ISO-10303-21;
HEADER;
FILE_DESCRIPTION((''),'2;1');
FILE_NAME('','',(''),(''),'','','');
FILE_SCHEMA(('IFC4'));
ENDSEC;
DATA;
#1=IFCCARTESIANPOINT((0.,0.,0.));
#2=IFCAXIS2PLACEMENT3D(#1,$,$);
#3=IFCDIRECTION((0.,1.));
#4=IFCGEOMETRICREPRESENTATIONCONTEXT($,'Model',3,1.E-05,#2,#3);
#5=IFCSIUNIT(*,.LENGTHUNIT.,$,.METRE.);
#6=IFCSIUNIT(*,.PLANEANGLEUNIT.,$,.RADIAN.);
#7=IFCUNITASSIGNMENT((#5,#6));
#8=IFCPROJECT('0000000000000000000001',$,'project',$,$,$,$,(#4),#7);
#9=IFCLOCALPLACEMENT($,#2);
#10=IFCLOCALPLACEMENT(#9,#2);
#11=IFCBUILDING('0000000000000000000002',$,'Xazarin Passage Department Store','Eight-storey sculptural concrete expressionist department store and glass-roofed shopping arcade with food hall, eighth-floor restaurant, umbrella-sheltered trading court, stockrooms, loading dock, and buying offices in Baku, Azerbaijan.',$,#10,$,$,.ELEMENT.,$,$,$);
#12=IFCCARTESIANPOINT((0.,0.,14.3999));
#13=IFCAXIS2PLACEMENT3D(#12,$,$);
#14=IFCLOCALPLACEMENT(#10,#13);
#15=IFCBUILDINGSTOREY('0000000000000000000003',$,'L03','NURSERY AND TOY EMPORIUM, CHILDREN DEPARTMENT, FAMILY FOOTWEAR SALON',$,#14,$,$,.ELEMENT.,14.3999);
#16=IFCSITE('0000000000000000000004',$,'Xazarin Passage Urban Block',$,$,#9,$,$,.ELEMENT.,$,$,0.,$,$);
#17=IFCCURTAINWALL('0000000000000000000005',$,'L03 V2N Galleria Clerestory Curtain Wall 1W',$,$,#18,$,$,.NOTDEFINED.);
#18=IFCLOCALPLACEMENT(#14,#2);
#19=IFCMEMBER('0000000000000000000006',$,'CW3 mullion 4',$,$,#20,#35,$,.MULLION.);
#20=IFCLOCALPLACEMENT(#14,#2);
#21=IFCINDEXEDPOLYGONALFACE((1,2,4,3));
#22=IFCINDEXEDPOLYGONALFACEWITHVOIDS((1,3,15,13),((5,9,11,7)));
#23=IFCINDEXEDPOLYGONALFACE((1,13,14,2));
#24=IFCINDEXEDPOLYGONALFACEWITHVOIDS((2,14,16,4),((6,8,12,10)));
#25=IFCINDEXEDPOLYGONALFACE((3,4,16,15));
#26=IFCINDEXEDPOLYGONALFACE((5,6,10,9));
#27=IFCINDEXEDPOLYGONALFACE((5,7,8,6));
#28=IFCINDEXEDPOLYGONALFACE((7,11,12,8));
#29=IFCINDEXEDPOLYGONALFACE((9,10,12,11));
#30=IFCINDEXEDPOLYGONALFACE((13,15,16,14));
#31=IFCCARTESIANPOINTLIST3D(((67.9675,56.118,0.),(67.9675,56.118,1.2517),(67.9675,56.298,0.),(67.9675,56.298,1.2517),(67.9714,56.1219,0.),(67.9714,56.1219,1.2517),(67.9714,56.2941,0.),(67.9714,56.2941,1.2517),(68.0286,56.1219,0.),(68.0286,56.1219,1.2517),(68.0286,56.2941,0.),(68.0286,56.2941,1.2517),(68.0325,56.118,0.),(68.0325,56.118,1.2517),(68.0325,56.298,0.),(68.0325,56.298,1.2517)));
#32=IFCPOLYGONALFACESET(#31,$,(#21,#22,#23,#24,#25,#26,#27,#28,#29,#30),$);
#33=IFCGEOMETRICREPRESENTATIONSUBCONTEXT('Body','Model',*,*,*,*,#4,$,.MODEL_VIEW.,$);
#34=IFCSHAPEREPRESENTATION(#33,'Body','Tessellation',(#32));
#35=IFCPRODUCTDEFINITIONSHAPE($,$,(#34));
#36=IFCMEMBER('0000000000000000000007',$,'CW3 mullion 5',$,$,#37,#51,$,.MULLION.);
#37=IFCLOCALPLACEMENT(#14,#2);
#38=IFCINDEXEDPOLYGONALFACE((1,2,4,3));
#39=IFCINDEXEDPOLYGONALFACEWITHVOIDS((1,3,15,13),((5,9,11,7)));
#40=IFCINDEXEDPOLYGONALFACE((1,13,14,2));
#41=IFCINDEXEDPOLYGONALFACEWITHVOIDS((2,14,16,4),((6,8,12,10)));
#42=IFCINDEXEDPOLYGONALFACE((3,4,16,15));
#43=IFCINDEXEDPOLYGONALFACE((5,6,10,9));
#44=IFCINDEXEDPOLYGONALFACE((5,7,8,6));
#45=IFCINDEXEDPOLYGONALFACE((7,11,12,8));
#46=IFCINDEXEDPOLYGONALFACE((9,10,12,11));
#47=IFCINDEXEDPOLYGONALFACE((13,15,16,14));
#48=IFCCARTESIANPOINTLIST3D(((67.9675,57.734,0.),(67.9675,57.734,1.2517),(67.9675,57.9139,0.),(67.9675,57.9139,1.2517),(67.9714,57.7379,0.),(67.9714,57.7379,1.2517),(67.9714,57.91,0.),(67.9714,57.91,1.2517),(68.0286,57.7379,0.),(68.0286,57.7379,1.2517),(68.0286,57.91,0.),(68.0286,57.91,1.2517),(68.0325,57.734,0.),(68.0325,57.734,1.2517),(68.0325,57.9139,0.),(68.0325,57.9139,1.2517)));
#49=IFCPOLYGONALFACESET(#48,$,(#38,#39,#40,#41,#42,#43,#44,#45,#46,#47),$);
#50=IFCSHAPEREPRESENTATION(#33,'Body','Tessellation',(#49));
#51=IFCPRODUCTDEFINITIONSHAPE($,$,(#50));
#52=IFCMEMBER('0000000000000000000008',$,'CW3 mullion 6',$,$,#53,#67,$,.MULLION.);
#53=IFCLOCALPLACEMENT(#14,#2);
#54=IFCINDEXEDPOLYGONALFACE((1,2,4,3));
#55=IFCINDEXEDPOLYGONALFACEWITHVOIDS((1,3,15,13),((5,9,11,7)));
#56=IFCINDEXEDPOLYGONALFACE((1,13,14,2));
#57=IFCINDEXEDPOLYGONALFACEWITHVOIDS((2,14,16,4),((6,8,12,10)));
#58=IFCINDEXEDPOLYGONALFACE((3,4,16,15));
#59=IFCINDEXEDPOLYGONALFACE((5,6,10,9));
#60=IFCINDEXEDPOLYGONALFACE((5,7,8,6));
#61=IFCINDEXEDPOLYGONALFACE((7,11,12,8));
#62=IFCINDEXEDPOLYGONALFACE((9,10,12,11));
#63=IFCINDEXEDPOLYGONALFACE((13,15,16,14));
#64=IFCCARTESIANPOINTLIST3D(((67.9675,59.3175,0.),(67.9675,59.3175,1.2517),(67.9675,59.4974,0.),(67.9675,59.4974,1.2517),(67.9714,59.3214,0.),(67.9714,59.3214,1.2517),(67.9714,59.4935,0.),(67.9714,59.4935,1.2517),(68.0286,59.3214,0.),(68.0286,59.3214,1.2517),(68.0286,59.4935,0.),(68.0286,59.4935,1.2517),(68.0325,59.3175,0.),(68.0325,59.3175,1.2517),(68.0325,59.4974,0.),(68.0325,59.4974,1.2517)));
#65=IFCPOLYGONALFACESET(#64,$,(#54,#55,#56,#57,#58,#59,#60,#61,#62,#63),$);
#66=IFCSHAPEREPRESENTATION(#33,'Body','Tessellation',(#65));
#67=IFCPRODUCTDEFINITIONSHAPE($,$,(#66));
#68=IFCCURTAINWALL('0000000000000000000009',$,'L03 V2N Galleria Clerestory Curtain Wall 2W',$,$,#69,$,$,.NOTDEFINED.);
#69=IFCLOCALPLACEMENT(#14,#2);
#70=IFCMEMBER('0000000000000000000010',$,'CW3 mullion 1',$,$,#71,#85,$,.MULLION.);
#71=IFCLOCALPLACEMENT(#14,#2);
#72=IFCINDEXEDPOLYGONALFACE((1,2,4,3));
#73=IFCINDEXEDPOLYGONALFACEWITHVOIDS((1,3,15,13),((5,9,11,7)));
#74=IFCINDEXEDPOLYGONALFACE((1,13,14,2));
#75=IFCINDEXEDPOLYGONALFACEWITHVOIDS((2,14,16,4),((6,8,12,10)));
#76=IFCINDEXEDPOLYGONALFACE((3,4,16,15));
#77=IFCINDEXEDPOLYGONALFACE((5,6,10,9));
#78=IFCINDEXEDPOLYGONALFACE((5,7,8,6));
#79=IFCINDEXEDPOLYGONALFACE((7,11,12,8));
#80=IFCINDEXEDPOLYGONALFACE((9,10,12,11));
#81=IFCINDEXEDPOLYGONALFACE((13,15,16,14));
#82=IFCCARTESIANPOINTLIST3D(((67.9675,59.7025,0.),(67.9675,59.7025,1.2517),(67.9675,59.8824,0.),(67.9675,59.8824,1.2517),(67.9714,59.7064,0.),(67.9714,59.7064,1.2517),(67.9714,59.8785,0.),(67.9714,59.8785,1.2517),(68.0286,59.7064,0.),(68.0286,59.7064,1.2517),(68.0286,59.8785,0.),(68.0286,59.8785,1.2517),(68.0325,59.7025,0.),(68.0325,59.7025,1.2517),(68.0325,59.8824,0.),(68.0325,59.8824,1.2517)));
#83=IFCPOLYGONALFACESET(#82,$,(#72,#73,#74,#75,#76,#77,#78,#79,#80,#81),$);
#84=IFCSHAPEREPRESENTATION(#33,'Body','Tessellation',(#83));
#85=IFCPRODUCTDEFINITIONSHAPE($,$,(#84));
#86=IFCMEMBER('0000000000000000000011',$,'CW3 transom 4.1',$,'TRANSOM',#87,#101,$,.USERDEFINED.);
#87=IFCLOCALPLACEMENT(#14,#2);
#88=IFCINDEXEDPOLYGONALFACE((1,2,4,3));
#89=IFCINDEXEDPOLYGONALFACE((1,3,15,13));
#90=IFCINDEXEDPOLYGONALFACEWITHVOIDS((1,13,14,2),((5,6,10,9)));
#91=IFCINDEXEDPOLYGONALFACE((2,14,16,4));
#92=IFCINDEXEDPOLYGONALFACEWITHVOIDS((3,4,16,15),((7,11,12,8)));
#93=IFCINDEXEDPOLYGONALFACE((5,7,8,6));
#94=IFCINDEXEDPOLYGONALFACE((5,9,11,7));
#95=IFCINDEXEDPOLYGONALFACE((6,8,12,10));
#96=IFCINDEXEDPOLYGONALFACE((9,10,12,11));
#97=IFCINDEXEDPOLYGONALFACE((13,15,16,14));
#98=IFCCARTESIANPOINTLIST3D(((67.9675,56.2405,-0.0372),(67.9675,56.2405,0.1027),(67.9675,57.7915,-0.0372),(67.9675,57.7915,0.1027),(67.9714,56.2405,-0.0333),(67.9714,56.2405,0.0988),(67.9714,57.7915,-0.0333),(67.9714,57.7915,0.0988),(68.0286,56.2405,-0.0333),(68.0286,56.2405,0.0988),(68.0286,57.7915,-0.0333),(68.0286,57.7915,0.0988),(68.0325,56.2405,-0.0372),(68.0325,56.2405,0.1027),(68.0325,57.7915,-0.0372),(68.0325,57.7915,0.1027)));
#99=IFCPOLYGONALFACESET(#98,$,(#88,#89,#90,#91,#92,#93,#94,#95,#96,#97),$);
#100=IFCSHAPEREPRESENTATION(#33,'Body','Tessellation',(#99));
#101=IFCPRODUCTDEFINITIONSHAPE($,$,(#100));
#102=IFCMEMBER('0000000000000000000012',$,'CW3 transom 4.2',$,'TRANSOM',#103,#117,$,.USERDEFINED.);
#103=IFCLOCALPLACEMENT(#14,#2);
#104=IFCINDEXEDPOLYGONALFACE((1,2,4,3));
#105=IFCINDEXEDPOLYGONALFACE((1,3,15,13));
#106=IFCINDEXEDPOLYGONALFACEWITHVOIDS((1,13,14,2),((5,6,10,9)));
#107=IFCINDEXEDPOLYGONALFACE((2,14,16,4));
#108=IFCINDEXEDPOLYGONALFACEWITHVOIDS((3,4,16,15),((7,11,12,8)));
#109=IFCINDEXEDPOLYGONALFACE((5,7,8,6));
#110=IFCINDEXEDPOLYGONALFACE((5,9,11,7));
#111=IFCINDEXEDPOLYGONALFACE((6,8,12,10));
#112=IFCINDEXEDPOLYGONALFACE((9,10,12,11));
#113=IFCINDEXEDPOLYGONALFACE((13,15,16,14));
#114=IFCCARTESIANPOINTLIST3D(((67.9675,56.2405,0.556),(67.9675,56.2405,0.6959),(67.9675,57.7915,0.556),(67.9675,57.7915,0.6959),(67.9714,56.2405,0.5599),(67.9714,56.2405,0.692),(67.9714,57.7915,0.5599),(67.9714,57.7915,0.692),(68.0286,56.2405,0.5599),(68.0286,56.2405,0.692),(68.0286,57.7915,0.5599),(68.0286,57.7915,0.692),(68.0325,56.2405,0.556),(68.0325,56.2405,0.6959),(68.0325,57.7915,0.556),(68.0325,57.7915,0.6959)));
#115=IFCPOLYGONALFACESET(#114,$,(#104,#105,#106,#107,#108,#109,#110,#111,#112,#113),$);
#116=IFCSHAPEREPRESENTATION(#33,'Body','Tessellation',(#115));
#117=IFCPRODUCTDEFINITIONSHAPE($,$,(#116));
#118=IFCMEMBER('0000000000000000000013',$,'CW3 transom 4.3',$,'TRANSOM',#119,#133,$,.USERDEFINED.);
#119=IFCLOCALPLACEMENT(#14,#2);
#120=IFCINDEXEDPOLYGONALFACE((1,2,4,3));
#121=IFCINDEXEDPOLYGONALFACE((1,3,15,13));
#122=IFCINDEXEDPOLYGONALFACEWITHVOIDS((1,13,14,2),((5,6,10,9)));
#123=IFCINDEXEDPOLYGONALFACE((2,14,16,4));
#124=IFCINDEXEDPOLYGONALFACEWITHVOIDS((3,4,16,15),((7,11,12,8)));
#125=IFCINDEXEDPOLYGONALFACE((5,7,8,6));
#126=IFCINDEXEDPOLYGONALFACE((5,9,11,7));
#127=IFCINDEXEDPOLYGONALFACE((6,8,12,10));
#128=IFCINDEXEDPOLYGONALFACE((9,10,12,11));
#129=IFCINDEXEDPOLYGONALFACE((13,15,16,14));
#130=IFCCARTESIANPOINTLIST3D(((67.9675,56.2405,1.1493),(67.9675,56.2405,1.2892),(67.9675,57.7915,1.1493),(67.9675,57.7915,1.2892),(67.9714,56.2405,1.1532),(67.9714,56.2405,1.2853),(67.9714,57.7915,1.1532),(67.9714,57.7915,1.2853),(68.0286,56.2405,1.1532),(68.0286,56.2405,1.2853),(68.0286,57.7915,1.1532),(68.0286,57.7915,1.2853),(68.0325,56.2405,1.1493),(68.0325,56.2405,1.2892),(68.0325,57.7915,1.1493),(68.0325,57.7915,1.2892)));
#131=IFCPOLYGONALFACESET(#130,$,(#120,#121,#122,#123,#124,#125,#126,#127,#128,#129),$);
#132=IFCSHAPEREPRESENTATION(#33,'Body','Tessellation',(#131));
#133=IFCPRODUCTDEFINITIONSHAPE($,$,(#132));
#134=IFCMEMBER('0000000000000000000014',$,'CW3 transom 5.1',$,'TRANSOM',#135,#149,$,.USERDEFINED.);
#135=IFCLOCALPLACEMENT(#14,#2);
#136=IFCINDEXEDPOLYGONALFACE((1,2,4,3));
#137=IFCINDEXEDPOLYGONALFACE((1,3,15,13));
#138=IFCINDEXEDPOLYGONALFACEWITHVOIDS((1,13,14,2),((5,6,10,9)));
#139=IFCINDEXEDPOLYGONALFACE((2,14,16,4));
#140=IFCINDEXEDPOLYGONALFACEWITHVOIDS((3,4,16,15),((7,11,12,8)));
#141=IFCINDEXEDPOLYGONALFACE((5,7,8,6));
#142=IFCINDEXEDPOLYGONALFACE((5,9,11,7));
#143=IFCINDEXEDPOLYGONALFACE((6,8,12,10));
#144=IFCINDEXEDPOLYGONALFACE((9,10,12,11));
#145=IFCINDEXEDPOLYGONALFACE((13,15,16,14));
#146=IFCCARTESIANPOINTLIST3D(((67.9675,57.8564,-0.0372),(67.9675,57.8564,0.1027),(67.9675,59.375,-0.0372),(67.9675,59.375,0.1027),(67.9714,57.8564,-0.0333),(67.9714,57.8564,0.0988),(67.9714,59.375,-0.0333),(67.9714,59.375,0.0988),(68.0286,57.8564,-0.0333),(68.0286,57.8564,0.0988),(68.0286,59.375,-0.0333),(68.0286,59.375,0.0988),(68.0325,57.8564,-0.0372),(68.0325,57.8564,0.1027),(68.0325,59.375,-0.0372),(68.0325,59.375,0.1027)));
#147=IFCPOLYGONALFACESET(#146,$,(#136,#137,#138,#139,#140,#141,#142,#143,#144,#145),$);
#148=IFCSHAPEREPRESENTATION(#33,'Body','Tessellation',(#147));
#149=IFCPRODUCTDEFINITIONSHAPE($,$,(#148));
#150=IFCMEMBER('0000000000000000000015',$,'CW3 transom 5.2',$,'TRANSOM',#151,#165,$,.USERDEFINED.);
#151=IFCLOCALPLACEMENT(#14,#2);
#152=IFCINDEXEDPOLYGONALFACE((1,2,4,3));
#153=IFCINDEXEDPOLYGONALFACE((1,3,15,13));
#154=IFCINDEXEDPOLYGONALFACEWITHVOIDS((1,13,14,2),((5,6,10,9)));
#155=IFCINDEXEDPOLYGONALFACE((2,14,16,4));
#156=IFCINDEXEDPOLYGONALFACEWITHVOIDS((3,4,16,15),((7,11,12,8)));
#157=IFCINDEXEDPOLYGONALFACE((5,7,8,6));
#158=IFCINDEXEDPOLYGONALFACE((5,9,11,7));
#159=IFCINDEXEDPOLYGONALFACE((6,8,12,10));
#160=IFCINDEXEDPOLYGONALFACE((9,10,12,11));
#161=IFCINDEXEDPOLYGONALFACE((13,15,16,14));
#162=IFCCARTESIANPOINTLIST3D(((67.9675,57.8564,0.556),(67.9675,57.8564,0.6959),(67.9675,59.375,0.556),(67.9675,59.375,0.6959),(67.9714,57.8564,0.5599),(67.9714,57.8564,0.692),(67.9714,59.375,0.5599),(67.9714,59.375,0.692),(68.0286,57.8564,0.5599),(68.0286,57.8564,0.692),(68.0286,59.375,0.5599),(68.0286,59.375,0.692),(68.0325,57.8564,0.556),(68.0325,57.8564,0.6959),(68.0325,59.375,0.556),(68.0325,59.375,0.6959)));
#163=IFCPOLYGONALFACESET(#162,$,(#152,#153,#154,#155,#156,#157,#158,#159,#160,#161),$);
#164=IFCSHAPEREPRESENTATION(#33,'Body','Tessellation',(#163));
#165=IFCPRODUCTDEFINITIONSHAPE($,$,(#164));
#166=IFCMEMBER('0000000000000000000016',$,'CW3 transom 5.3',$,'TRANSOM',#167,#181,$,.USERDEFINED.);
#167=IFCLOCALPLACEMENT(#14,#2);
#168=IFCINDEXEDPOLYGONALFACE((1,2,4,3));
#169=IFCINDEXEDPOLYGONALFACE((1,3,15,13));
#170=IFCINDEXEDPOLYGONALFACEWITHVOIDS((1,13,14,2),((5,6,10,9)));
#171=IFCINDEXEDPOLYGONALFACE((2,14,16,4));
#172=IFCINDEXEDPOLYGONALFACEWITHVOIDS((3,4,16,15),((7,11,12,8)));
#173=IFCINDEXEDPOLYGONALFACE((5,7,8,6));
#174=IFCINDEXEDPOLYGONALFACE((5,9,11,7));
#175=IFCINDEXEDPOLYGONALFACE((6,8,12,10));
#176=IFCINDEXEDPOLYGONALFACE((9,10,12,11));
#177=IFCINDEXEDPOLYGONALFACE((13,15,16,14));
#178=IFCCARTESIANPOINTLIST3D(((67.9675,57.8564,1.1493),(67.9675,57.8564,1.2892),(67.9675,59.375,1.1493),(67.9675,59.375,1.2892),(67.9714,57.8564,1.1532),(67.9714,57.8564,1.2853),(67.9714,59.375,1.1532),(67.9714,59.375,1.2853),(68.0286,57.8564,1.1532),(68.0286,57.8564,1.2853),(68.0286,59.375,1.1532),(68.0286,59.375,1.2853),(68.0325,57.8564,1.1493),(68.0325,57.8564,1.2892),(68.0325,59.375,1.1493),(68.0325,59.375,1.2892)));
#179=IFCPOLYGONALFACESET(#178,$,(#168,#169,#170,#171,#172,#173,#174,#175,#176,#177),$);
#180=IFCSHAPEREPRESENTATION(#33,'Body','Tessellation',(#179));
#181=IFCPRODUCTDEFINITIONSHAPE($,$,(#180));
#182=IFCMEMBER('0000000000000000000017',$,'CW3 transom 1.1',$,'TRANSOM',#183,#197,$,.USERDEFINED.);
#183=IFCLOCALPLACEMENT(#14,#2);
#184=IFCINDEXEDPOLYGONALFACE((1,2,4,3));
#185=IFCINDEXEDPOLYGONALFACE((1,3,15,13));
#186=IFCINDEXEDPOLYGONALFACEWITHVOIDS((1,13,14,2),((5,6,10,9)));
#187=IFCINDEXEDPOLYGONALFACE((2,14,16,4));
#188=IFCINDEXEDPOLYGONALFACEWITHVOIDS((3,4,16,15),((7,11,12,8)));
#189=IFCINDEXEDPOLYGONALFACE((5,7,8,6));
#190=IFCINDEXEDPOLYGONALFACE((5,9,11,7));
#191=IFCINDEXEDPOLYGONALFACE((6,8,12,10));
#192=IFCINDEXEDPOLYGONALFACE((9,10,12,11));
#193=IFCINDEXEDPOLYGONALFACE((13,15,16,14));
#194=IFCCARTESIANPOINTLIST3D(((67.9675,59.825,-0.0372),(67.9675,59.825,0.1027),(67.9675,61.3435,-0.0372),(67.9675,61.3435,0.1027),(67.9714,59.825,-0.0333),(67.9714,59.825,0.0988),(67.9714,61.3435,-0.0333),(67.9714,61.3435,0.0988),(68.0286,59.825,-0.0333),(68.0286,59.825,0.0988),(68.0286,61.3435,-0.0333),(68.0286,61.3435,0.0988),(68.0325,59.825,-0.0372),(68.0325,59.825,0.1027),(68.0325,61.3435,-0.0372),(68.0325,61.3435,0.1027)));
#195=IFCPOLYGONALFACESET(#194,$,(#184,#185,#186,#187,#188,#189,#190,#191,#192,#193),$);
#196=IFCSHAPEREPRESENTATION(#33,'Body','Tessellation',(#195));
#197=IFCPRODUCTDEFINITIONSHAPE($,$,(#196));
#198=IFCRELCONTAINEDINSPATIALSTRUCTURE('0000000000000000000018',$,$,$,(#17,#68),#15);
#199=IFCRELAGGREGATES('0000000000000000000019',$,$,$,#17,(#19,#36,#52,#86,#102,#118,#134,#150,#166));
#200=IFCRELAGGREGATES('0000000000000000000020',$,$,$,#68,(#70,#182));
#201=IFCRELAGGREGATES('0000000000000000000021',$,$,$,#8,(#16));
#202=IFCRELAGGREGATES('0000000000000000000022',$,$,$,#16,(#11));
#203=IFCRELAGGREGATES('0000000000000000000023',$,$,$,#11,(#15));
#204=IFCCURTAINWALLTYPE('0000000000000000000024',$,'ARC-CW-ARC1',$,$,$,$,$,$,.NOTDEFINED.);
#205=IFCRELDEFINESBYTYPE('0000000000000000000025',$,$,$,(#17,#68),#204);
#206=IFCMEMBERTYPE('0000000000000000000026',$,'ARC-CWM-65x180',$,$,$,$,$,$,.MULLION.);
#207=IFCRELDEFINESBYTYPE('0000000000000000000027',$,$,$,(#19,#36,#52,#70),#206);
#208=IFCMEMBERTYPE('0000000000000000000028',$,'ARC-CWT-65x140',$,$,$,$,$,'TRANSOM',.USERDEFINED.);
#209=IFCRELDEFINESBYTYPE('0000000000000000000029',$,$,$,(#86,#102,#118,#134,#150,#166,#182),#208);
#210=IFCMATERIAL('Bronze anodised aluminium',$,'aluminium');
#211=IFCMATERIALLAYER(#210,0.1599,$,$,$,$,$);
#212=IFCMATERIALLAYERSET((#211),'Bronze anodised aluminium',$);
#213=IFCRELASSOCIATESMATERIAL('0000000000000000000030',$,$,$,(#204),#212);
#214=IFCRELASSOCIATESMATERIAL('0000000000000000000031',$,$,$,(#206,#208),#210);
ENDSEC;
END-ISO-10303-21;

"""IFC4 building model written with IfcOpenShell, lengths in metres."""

from ifc_helpers import new_model, si_unit, direction, frame, origin, origin_2d, place, context, subcontext, project, spatial, hollow_rectangle, extrude, material, layer, layer_set, material_profile, profile_set, type_object, element, aggregate, save


model = new_model("IFC4")

# Units and contexts
model_context = context("Model", 3, precision=1e-05, world=origin(), true_north=direction((0.0, 1.0)))
body_context = subcontext(model_context, "Body", "Model", "MODEL_VIEW")
ifc_project = project(units=[si_unit("LENGTHUNIT", "METRE"), si_unit("PLANEANGLEUNIT", "RADIAN")], contexts=[model_context])

# Site, building, storey
site_placement = place(None, origin())
site = spatial("IfcSite", under=ifc_project, at=site_placement, Name="Xazarin Passage Urban Block", CompositionType="ELEMENT", RefElevation=0.0)
building_placement = place(site_placement, origin())
building = spatial("IfcBuilding", under=site, at=building_placement, Name="Xazarin Passage Department Store", Description="Eight-storey sculptural concrete expressionist department store and glass-roofed shopping arcade with food hall, eighth-floor restaurant, umbrella-sheltered trading court, stockrooms, loading dock, and buying offices in Baku, Azerbaijan.", CompositionType="ELEMENT")
storey_placement = place(building_placement, frame((0.0, 0.0, 14.3999)))
storey = spatial("IfcBuildingStorey", under=building, at=storey_placement, Name="L03", Description="NURSERY AND TOY EMPORIUM, CHILDREN DEPARTMENT, FAMILY FOOTWEAR SALON", CompositionType="ELEMENT", Elevation=14.3999)

# Curtain wall, members
ifc_material_1 = material(Name="Bronze anodised aluminium", Category="aluminium")
ifc_layer_1 = layer(ifc_material_1, 0.1599)
ifc_layer_set_1 = layer_set([ifc_layer_1], Name="Bronze anodised aluminium")
curtain_wall_type = type_object("IfcCurtainWallType", Name="ARC-CW-ARC1", PredefinedType="NOTDEFINED", material=ifc_layer_set_1)
curtain_wall_1_placement = place(storey_placement, origin())
curtain_wall_1 = element("IfcCurtainWall", 1, at=curtain_wall_1_placement, inside=storey, type_object=curtain_wall_type, Name="L03 V2N Galleria Clerestory Curtain Wall 1W", PredefinedType="NOTDEFINED")
ifc_material_profile_1 = material_profile(ifc_material_1, hollow_rectangle(XDim=0.0649, YDim=0.1799, WallThickness=0.0039, at=origin_2d()), Name="ALU 65x180")
ifc_profile_set_1 = profile_set([ifc_material_profile_1], Name="Bronze anodised aluminium")
member_type_1 = type_object("IfcMemberType", Name="ARC-CWM-65x180", PredefinedType="MULLION", material=ifc_profile_set_1)
member_1_placement = place(storey_placement, frame((68.0, 56.208, 0.0), z_axis=(0.0, 0.0, 1.0), x_axis=(-1.0, 0.0, 0.0)))
member_1 = element("IfcMember", 2, at=member_1_placement, type_object=member_type_1, Name="CW3 mullion 4", PredefinedType="MULLION", context=body_context, shape_type="SweptSolid", body=[
    extrude(hollow_rectangle(XDim=0.0649, YDim=0.1799, WallThickness=0.0039, at=origin_2d()), origin(), (0.0, 0.0, 1.0), 1.2517),
])
member_2_placement = place(storey_placement, frame((68.0, 57.824, 0.0), z_axis=(0.0, 0.0, 1.0), x_axis=(-1.0, 0.0, 0.0)))
member_2 = element("IfcMember", 3, at=member_2_placement, type_object=member_type_1, Name="CW3 mullion 5", PredefinedType="MULLION", context=body_context, shape_type="SweptSolid", body=[
    extrude(hollow_rectangle(XDim=0.0649, YDim=0.1799, WallThickness=0.0039, at=origin_2d()), origin(), (0.0, 0.0, 1.0), 1.2517),
])
member_3_placement = place(storey_placement, frame((68.0, 59.4075, 0.0), z_axis=(0.0, 0.0, 1.0), x_axis=(-1.0, 0.0, 0.0)))
member_3 = element("IfcMember", 4, at=member_3_placement, type_object=member_type_1, Name="CW3 mullion 6", PredefinedType="MULLION", context=body_context, shape_type="SweptSolid", body=[
    extrude(hollow_rectangle(XDim=0.0649, YDim=0.1799, WallThickness=0.0039, at=origin_2d()), origin(), (0.0, 0.0, 1.0), 1.2517),
])

# Curtain wall, member
curtain_wall_2_placement = place(storey_placement, origin())
curtain_wall_2 = element("IfcCurtainWall", 5, at=curtain_wall_2_placement, inside=storey, type_object=curtain_wall_type, Name="L03 V2N Galleria Clerestory Curtain Wall 2W", PredefinedType="NOTDEFINED")
member_4_placement = place(storey_placement, frame((68.0, 59.7925, 0.0), z_axis=(0.0, 0.0, 1.0), x_axis=(-1.0, 0.0, 0.0)))
member_4 = element("IfcMember", 6, at=member_4_placement, type_object=member_type_1, Name="CW3 mullion 1", PredefinedType="MULLION", context=body_context, shape_type="SweptSolid", body=[
    extrude(hollow_rectangle(XDim=0.0649, YDim=0.1799, WallThickness=0.0039, at=origin_2d()), origin(), (0.0, 0.0, 1.0), 1.2517),
])

# Members
ifc_material_profile_2 = material_profile(ifc_material_1, hollow_rectangle(XDim=0.0649, YDim=0.1399, WallThickness=0.0039, at=origin_2d()), Name="ALU 65x140")
ifc_profile_set_2 = profile_set([ifc_material_profile_2], Name="Bronze anodised aluminium")
member_type_2 = type_object("IfcMemberType", Name="ARC-CWT-65x140", ElementType="TRANSOM", PredefinedType="USERDEFINED", material=ifc_profile_set_2)
member_5_placement = place(storey_placement, frame((68.0, 56.2405, 0.0327), z_axis=(0.0, 1.0, 0.0), x_axis=(-1.0, 0.0, 0.0)))
member_5 = element("IfcMember", 7, at=member_5_placement, type_object=member_type_2, Name="CW3 transom 4.1", ObjectType="TRANSOM", PredefinedType="USERDEFINED", context=body_context, shape_type="SweptSolid", body=[
    extrude(hollow_rectangle(XDim=0.0649, YDim=0.1399, WallThickness=0.0039, at=origin_2d()), origin(), (0.0, 0.0, 1.0), 1.551),
])
member_6_placement = place(storey_placement, frame((68.0, 56.2405, 0.626), z_axis=(0.0, 1.0, 0.0), x_axis=(-1.0, 0.0, 0.0)))
member_6 = element("IfcMember", 8, at=member_6_placement, type_object=member_type_2, Name="CW3 transom 4.2", ObjectType="TRANSOM", PredefinedType="USERDEFINED", context=body_context, shape_type="SweptSolid", body=[
    extrude(hollow_rectangle(XDim=0.0649, YDim=0.1399, WallThickness=0.0039, at=origin_2d()), origin(), (0.0, 0.0, 1.0), 1.551),
])
member_7_placement = place(storey_placement, frame((68.0, 56.2405, 1.2192), z_axis=(0.0, 1.0, 0.0), x_axis=(-1.0, 0.0, 0.0)))
member_7 = element("IfcMember", 9, at=member_7_placement, type_object=member_type_2, Name="CW3 transom 4.3", ObjectType="TRANSOM", PredefinedType="USERDEFINED", context=body_context, shape_type="SweptSolid", body=[
    extrude(hollow_rectangle(XDim=0.0649, YDim=0.1399, WallThickness=0.0039, at=origin_2d()), origin(), (0.0, 0.0, 1.0), 1.551),
])
member_8_placement = place(storey_placement, frame((68.0, 57.8564, 0.0327), z_axis=(0.0, 1.0, 0.0), x_axis=(-1.0, 0.0, 0.0)))
member_8 = element("IfcMember", 10, at=member_8_placement, type_object=member_type_2, Name="CW3 transom 5.1", ObjectType="TRANSOM", PredefinedType="USERDEFINED", context=body_context, shape_type="SweptSolid", body=[
    extrude(hollow_rectangle(XDim=0.0649, YDim=0.1399, WallThickness=0.0039, at=origin_2d()), origin(), (0.0, 0.0, 1.0), 1.5186),
])
member_9_placement = place(storey_placement, frame((68.0, 57.8564, 0.626), z_axis=(0.0, 1.0, 0.0), x_axis=(-1.0, 0.0, 0.0)))
member_9 = element("IfcMember", 11, at=member_9_placement, type_object=member_type_2, Name="CW3 transom 5.2", ObjectType="TRANSOM", PredefinedType="USERDEFINED", context=body_context, shape_type="SweptSolid", body=[
    extrude(hollow_rectangle(XDim=0.0649, YDim=0.1399, WallThickness=0.0039, at=origin_2d()), origin(), (0.0, 0.0, 1.0), 1.5186),
])
member_10_placement = place(storey_placement, frame((68.0, 57.8564, 1.2192), z_axis=(0.0, 1.0, 0.0), x_axis=(-1.0, 0.0, 0.0)))
member_10 = element("IfcMember", 12, at=member_10_placement, type_object=member_type_2, Name="CW3 transom 5.3", ObjectType="TRANSOM", PredefinedType="USERDEFINED", context=body_context, shape_type="SweptSolid", body=[
    extrude(hollow_rectangle(XDim=0.0649, YDim=0.1399, WallThickness=0.0039, at=origin_2d()), origin(), (0.0, 0.0, 1.0), 1.5186),
])
member_11_placement = place(storey_placement, frame((68.0, 59.825, 0.0327), z_axis=(0.0, 1.0, 0.0), x_axis=(-1.0, 0.0, 0.0)))
member_11 = element("IfcMember", 13, at=member_11_placement, type_object=member_type_2, Name="CW3 transom 1.1", ObjectType="TRANSOM", PredefinedType="USERDEFINED", context=body_context, shape_type="SweptSolid", body=[
    extrude(hollow_rectangle(XDim=0.0649, YDim=0.1399, WallThickness=0.0039, at=origin_2d()), origin(), (0.0, 0.0, 1.0), 1.5186),
])

aggregate(curtain_wall_1, [member_1, member_2, member_3, member_5, member_6, member_7, member_8, member_9, member_10])
aggregate(curtain_wall_2, [member_4, member_11])

save(model, "model.ifc")
